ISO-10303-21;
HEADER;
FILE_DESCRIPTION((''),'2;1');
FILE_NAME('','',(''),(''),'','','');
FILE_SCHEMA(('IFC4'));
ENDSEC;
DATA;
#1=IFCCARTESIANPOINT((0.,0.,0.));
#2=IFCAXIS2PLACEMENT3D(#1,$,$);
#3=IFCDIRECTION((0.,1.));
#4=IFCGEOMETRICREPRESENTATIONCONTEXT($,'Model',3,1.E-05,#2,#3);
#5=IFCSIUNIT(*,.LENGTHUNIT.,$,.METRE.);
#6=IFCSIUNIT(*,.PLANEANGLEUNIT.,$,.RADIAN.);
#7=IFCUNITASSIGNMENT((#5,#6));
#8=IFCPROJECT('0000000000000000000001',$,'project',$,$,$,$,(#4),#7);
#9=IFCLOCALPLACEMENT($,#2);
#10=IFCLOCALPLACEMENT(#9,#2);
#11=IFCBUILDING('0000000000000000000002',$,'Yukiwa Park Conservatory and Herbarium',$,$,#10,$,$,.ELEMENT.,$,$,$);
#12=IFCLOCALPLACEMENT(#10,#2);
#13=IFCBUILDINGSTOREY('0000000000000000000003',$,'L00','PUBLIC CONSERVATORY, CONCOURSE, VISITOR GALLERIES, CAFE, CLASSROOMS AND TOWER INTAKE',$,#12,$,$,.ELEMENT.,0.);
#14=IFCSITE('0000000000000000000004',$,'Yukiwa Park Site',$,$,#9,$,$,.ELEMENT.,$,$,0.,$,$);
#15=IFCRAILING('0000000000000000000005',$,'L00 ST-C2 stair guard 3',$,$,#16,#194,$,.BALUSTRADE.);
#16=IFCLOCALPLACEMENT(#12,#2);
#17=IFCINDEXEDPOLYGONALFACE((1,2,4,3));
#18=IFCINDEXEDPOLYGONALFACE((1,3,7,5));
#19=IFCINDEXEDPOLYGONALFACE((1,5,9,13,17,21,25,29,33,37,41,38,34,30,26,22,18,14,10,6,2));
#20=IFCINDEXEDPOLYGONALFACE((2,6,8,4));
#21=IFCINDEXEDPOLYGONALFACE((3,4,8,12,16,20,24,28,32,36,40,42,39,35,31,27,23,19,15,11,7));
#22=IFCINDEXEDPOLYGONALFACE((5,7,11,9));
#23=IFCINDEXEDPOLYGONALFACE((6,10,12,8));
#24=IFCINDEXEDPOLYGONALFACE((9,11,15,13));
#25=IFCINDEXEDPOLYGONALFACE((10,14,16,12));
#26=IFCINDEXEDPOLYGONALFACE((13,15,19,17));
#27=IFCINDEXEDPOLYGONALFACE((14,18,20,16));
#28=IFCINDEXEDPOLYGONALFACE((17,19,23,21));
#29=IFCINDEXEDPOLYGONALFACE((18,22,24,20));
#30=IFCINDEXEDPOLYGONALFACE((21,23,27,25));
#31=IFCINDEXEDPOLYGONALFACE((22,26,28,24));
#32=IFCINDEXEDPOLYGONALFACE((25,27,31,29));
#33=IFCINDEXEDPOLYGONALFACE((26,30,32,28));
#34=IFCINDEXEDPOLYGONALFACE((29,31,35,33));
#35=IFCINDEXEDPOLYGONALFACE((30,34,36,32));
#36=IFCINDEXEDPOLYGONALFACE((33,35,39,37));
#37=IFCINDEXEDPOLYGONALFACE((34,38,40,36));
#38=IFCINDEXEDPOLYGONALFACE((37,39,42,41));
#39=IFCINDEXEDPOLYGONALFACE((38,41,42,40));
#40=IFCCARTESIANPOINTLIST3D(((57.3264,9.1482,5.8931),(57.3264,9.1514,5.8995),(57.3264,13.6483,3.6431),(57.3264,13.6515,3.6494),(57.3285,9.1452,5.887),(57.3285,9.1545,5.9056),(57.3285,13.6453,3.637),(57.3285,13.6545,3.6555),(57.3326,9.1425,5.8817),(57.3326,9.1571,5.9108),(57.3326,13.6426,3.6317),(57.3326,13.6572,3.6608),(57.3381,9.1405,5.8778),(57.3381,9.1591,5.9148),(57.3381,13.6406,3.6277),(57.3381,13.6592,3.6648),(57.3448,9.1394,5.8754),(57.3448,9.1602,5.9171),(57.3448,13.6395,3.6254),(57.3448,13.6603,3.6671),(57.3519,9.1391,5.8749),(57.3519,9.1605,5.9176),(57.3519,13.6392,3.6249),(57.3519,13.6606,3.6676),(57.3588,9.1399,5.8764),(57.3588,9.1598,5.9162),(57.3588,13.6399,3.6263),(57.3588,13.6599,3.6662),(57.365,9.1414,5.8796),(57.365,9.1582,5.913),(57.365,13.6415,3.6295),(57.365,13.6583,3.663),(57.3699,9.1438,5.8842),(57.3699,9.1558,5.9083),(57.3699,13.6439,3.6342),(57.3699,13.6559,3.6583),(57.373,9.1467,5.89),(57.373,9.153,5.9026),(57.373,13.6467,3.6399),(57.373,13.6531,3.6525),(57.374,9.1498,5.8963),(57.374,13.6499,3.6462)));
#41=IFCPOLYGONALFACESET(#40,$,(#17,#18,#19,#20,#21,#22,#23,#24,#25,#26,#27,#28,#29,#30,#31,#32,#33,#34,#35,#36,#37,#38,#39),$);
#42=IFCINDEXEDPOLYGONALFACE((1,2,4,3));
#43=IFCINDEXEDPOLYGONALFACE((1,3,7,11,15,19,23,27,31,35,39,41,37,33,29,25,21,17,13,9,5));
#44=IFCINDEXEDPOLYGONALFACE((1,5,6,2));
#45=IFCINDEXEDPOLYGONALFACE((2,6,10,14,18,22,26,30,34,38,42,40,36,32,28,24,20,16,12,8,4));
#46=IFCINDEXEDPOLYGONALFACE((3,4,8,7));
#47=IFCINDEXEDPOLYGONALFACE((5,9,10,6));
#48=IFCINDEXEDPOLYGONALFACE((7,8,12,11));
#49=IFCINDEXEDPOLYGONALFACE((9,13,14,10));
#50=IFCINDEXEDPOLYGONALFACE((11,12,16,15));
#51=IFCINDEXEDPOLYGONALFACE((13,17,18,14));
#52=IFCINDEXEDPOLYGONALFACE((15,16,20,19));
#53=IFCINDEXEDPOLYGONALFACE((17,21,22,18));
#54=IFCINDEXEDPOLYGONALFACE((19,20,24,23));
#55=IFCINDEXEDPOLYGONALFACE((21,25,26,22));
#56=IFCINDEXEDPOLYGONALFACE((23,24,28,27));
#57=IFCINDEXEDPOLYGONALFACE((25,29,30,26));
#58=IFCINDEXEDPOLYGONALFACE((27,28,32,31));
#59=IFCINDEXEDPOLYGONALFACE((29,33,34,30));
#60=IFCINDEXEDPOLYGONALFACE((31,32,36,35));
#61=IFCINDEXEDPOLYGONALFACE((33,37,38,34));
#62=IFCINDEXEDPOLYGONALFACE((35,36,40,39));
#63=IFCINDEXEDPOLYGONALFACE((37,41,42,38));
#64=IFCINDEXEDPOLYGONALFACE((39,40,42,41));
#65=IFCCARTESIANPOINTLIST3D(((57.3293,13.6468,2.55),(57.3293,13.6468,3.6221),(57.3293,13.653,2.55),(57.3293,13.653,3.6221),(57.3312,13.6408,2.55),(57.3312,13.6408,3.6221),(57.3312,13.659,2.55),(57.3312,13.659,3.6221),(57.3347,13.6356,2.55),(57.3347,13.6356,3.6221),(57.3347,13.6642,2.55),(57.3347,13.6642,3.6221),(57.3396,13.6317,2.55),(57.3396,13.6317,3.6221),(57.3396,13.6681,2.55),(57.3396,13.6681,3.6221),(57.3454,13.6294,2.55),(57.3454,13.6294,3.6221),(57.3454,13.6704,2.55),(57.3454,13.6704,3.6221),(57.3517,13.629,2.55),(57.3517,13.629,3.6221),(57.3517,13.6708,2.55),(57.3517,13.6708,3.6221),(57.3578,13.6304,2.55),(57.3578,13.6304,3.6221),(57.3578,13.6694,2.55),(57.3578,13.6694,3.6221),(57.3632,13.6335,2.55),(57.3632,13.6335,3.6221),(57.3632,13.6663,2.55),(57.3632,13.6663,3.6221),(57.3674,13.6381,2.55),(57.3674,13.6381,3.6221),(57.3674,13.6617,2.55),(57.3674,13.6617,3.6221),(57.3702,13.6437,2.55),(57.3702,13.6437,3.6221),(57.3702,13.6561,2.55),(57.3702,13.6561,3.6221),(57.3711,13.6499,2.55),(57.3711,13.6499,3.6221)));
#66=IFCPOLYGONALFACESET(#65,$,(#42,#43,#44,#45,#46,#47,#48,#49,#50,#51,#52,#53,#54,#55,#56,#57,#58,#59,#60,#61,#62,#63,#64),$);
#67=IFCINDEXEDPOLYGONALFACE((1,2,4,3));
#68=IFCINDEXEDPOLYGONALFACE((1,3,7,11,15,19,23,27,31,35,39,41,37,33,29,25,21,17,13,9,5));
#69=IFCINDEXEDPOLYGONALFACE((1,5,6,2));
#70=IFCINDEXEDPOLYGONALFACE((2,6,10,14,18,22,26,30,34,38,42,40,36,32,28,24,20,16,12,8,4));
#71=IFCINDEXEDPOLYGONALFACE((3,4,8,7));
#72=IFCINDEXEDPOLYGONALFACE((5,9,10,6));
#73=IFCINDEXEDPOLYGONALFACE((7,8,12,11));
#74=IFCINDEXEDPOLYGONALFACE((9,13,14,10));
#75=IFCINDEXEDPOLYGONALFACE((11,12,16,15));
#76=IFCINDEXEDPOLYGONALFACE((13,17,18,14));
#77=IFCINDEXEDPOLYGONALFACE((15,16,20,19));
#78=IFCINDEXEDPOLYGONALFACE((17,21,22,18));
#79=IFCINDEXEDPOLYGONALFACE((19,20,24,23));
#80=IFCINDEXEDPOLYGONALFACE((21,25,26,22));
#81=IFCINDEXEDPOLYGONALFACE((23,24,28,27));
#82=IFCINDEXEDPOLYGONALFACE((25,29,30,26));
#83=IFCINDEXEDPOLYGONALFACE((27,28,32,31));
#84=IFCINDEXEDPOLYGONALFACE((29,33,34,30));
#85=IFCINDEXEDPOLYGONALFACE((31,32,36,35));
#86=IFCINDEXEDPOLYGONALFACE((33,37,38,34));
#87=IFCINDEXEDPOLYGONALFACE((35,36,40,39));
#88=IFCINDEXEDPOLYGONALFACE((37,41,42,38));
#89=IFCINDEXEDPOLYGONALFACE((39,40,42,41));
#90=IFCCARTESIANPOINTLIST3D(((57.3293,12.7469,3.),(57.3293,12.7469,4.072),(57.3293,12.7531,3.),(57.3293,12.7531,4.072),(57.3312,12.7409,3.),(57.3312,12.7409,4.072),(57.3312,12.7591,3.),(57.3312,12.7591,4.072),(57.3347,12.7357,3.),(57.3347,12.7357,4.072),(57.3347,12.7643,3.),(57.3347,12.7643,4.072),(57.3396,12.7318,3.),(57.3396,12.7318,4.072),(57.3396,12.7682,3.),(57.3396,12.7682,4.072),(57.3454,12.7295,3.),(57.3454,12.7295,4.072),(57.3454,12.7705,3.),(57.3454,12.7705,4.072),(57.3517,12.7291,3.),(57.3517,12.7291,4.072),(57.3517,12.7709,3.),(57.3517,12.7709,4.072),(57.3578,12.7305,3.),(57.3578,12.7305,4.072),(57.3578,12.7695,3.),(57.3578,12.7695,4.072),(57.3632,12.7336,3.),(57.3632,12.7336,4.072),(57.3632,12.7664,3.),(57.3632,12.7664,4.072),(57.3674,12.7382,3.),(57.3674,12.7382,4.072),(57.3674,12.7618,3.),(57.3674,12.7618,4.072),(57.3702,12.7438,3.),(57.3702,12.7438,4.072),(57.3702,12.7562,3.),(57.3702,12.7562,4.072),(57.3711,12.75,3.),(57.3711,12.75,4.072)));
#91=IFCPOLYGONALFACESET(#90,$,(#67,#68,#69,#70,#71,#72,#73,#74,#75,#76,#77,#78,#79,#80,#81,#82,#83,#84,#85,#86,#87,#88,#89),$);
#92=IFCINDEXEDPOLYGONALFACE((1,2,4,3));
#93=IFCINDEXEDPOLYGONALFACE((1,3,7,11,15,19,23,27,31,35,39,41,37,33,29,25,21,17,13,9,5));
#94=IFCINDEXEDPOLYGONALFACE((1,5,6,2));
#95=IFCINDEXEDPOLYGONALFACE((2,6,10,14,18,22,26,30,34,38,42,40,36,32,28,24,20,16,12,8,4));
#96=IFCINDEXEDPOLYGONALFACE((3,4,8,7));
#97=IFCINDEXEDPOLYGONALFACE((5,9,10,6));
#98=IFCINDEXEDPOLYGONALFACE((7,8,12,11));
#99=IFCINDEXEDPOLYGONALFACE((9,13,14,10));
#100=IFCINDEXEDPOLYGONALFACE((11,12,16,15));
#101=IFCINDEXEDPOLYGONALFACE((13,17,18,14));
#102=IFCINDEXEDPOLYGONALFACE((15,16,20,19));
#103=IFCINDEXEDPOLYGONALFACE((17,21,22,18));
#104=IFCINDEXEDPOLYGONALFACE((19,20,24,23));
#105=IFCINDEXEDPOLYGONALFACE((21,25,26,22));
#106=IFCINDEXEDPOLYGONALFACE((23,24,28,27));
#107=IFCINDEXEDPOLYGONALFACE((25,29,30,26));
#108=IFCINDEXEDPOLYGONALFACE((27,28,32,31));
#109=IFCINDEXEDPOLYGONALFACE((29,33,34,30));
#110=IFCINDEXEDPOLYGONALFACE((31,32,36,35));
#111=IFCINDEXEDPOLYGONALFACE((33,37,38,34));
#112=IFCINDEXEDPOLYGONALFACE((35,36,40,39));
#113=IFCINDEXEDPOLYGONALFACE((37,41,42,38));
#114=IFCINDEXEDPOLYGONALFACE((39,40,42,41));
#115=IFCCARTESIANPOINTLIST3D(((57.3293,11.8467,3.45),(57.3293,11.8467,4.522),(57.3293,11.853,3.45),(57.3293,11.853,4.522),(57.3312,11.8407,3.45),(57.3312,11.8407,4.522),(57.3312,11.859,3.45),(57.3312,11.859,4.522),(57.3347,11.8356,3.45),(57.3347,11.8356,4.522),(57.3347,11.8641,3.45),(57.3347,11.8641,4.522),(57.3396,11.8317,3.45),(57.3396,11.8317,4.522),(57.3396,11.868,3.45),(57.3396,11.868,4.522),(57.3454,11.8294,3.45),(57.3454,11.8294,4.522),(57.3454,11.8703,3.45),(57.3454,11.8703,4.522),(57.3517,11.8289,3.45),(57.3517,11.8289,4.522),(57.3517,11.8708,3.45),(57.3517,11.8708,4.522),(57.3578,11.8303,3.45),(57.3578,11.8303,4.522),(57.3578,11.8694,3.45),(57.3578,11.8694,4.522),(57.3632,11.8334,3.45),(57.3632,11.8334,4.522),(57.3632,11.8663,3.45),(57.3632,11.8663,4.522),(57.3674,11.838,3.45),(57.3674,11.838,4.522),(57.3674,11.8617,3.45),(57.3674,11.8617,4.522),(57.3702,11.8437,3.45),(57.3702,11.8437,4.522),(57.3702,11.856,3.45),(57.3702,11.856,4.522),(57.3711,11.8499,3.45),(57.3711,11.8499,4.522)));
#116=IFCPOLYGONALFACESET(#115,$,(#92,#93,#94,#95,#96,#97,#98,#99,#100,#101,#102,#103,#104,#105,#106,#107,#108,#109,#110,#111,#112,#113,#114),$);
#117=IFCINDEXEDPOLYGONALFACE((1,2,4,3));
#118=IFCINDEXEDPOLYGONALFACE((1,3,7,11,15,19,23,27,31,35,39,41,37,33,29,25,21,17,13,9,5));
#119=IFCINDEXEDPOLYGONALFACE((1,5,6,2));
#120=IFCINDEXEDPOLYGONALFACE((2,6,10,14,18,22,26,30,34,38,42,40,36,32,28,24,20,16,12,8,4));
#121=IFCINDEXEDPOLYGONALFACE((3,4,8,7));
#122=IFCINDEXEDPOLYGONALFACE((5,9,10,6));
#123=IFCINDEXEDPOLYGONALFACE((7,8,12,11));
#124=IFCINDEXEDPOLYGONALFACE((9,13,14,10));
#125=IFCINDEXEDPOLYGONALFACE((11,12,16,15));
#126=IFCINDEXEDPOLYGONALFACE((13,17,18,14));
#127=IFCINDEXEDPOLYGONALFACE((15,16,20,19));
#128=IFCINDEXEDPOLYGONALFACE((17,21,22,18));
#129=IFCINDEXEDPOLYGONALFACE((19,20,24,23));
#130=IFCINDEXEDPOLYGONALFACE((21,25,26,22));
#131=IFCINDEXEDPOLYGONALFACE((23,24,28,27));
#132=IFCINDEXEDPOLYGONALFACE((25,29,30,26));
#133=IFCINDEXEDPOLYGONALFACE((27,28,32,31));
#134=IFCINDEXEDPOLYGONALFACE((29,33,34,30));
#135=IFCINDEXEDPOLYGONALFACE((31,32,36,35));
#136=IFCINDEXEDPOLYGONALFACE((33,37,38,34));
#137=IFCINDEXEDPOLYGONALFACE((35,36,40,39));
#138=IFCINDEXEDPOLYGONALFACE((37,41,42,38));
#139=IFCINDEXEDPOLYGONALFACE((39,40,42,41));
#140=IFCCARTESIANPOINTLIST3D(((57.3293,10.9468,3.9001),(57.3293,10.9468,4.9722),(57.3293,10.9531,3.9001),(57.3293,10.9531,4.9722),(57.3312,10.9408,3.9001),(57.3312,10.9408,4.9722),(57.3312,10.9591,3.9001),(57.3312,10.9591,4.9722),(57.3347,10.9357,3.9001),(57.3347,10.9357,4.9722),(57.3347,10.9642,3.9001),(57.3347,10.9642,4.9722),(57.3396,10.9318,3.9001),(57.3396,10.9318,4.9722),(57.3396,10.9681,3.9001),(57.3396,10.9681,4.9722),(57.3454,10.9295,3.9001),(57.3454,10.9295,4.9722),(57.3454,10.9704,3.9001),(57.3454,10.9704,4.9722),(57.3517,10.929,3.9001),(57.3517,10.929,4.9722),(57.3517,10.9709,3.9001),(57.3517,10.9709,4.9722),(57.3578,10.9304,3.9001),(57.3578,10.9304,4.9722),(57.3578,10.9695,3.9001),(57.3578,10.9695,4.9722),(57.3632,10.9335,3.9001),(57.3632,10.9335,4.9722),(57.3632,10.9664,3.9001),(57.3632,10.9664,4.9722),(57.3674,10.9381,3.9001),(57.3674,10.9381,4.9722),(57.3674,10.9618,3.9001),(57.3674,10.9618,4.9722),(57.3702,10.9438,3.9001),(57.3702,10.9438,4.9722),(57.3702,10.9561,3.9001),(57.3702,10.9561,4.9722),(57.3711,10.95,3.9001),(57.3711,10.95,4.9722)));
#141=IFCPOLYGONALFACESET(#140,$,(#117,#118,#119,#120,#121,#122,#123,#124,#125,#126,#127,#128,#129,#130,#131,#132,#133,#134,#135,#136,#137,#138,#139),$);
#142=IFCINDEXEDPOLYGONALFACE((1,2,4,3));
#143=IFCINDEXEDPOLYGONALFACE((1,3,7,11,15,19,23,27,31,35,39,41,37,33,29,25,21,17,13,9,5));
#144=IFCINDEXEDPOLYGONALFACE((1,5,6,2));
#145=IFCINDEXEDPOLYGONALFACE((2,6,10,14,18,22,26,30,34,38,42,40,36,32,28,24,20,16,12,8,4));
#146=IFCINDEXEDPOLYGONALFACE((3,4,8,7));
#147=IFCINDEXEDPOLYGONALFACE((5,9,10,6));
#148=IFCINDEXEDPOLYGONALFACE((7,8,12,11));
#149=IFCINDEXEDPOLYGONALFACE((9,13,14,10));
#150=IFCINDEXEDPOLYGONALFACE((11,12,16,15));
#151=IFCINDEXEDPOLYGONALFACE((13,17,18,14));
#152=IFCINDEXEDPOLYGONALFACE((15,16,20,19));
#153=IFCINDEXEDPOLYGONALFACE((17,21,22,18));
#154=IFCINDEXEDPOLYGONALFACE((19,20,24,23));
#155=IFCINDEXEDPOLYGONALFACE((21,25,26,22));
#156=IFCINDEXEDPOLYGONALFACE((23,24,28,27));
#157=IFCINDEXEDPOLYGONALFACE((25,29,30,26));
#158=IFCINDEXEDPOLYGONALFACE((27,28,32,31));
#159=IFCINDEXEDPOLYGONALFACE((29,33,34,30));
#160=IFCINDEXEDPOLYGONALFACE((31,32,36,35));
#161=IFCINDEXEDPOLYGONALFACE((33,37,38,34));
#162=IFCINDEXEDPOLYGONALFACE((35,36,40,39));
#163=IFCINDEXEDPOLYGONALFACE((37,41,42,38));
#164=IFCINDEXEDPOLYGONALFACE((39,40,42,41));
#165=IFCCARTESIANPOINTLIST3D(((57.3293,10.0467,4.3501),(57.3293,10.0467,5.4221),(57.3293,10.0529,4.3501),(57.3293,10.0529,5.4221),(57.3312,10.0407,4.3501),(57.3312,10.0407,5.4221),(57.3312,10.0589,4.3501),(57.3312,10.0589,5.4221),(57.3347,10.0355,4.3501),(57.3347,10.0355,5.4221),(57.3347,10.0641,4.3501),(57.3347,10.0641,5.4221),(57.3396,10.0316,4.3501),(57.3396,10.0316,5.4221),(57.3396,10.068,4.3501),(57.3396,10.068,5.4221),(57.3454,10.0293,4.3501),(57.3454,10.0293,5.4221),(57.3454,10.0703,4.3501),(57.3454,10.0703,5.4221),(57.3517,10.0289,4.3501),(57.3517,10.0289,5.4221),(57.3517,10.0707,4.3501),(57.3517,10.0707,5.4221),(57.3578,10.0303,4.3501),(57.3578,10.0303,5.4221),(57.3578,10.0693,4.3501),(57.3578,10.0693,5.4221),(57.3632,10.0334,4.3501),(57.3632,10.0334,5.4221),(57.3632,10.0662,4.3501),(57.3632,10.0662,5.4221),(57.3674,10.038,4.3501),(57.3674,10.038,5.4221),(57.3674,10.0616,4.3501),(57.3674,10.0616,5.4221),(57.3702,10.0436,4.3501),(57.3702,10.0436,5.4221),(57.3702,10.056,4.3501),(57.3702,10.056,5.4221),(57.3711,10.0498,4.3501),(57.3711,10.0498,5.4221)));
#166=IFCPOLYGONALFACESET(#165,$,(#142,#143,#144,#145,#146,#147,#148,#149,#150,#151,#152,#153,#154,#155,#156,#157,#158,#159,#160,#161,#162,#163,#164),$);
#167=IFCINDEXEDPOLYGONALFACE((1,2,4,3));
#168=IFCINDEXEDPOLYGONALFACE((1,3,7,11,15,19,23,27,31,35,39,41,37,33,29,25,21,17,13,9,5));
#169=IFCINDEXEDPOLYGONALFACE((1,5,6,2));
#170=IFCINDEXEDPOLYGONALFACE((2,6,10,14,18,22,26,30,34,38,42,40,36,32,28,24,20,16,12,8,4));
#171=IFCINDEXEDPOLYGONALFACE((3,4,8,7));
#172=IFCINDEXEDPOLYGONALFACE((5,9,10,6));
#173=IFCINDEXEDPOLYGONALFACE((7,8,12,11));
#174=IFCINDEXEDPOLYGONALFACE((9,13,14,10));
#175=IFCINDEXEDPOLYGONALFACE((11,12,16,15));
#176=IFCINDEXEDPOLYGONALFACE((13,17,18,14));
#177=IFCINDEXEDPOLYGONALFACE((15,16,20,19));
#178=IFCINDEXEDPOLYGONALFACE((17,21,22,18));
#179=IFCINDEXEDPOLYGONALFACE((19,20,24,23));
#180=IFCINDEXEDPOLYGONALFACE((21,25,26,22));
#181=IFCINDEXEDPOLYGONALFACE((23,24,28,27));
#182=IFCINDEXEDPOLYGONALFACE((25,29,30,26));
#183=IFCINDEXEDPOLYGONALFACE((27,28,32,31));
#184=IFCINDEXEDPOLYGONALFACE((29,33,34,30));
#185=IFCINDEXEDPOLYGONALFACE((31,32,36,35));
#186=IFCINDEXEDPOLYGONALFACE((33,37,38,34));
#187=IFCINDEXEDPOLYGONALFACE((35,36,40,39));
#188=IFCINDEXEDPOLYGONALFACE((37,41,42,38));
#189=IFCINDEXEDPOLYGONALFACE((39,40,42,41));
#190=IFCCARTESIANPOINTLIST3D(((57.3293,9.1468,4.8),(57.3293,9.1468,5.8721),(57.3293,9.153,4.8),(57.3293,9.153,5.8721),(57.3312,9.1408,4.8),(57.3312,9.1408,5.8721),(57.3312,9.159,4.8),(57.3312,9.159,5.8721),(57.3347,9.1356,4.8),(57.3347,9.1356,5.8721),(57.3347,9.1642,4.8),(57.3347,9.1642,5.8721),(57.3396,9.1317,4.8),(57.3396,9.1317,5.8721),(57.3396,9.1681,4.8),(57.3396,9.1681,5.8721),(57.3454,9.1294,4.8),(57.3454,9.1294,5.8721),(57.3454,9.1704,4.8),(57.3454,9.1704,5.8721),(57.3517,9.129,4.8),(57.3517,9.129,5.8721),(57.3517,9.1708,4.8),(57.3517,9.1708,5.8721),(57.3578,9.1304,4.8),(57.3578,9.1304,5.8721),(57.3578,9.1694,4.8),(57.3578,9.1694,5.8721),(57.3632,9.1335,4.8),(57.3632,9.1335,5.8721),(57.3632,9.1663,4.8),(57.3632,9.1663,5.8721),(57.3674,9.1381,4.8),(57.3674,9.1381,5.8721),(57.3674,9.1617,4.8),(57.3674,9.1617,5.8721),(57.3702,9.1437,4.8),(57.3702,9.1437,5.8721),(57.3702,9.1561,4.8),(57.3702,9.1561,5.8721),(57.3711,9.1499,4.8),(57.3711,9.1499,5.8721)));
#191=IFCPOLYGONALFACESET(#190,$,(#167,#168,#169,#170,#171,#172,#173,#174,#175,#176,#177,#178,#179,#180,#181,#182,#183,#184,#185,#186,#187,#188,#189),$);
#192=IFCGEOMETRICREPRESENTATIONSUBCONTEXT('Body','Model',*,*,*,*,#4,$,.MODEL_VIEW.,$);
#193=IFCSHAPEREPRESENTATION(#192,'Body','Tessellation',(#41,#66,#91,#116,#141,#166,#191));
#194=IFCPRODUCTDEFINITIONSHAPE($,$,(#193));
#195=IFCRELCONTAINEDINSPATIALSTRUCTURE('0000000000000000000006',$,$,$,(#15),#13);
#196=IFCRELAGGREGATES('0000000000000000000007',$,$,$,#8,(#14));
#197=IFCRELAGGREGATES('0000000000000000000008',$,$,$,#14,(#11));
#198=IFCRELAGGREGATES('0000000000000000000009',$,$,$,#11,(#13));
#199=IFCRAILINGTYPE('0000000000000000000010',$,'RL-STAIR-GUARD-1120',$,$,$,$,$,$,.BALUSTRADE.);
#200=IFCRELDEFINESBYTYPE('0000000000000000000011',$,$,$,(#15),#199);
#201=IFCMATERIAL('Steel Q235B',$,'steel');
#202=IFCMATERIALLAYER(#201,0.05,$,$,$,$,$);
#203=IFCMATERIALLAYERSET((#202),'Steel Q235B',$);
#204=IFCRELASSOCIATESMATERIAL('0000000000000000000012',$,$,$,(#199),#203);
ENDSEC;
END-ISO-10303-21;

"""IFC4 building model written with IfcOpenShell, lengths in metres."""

from ifc_helpers import new_model, si_unit, direction, frame, origin, origin_2d, place, context, subcontext, project, spatial, circle, extrude, material, layer, layer_set, type_object, element, save


model = new_model("IFC4")

# Units and contexts
model_context = context("Model", 3, precision=1e-05, world=origin(), true_north=direction((0.0, 1.0)))
body_context = subcontext(model_context, "Body", "Model", "MODEL_VIEW")
ifc_project = project(units=[si_unit("LENGTHUNIT", "METRE"), si_unit("PLANEANGLEUNIT", "RADIAN")], contexts=[model_context])

# Site, building, storey
site_placement = place(None, origin())
site = spatial("IfcSite", under=ifc_project, at=site_placement, Name="Yukiwa Park Site", CompositionType="ELEMENT", RefElevation=0.0)
building_placement = place(site_placement, origin())
building = spatial("IfcBuilding", under=site, at=building_placement, Name="Yukiwa Park Conservatory and Herbarium", CompositionType="ELEMENT")
storey_placement = place(building_placement, origin())
storey = spatial("IfcBuildingStorey", under=building, at=storey_placement, Name="L00", Description="PUBLIC CONSERVATORY, CONCOURSE, VISITOR GALLERIES, CAFE, CLASSROOMS AND TOWER INTAKE", CompositionType="ELEMENT", Elevation=0.0)

# Railing
ifc_material_1 = material(Name="Steel Q235B", Category="steel")
ifc_layer_1 = layer(ifc_material_1, 0.05)
ifc_layer_set_1 = layer_set([ifc_layer_1], Name="Steel Q235B")
railing_type_1 = type_object("IfcRailingType", Name="RL-STAIR-GUARD-1120", PredefinedType="BALUSTRADE", material=ifc_layer_set_1)
railing_1_placement = place(storey_placement, frame((57.3501, 13.6499, 2.55)))
element("IfcRailing", 1, at=railing_1_placement, inside=storey, type_object=railing_type_1, Name="L00 ST-C2 stair guard 3", PredefinedType="BALUSTRADE", context=body_context, shape_type="SweptSolid", body=[
    extrude(circle(Radius=0.0239, at=origin_2d()), frame((0.0, 0.0, 1.0962), z_axis=(0.0, -0.894427, 0.447214), x_axis=(1.0, 0.0, 0.0)), (0.0, 0.0, 1.0), 5.0312),
    extrude(circle(Radius=0.021, at=origin_2d()), origin(), (0.0, 0.0, 1.0), 1.072),
    extrude(circle(Radius=0.021, at=origin_2d()), frame((0.0, -0.8999, 0.45)), (0.0, 0.0, 1.0), 1.072),
    extrude(circle(Radius=0.021, at=origin_2d()), frame((0.0, -1.8, 0.8999)), (0.0, 0.0, 1.0), 1.072),
    extrude(circle(Radius=0.021, at=origin_2d()), frame((0.0, -2.7, 1.3501)), (0.0, 0.0, 1.0), 1.072),
    extrude(circle(Radius=0.021, at=origin_2d()), frame((0.0, -3.6001, 1.8)), (0.0, 0.0, 1.0), 1.072),
    extrude(circle(Radius=0.021, at=origin_2d()), frame((0.0, -4.5, 2.25)), (0.0, 0.0, 1.0), 1.072),
])

save(model, "model.ifc")
